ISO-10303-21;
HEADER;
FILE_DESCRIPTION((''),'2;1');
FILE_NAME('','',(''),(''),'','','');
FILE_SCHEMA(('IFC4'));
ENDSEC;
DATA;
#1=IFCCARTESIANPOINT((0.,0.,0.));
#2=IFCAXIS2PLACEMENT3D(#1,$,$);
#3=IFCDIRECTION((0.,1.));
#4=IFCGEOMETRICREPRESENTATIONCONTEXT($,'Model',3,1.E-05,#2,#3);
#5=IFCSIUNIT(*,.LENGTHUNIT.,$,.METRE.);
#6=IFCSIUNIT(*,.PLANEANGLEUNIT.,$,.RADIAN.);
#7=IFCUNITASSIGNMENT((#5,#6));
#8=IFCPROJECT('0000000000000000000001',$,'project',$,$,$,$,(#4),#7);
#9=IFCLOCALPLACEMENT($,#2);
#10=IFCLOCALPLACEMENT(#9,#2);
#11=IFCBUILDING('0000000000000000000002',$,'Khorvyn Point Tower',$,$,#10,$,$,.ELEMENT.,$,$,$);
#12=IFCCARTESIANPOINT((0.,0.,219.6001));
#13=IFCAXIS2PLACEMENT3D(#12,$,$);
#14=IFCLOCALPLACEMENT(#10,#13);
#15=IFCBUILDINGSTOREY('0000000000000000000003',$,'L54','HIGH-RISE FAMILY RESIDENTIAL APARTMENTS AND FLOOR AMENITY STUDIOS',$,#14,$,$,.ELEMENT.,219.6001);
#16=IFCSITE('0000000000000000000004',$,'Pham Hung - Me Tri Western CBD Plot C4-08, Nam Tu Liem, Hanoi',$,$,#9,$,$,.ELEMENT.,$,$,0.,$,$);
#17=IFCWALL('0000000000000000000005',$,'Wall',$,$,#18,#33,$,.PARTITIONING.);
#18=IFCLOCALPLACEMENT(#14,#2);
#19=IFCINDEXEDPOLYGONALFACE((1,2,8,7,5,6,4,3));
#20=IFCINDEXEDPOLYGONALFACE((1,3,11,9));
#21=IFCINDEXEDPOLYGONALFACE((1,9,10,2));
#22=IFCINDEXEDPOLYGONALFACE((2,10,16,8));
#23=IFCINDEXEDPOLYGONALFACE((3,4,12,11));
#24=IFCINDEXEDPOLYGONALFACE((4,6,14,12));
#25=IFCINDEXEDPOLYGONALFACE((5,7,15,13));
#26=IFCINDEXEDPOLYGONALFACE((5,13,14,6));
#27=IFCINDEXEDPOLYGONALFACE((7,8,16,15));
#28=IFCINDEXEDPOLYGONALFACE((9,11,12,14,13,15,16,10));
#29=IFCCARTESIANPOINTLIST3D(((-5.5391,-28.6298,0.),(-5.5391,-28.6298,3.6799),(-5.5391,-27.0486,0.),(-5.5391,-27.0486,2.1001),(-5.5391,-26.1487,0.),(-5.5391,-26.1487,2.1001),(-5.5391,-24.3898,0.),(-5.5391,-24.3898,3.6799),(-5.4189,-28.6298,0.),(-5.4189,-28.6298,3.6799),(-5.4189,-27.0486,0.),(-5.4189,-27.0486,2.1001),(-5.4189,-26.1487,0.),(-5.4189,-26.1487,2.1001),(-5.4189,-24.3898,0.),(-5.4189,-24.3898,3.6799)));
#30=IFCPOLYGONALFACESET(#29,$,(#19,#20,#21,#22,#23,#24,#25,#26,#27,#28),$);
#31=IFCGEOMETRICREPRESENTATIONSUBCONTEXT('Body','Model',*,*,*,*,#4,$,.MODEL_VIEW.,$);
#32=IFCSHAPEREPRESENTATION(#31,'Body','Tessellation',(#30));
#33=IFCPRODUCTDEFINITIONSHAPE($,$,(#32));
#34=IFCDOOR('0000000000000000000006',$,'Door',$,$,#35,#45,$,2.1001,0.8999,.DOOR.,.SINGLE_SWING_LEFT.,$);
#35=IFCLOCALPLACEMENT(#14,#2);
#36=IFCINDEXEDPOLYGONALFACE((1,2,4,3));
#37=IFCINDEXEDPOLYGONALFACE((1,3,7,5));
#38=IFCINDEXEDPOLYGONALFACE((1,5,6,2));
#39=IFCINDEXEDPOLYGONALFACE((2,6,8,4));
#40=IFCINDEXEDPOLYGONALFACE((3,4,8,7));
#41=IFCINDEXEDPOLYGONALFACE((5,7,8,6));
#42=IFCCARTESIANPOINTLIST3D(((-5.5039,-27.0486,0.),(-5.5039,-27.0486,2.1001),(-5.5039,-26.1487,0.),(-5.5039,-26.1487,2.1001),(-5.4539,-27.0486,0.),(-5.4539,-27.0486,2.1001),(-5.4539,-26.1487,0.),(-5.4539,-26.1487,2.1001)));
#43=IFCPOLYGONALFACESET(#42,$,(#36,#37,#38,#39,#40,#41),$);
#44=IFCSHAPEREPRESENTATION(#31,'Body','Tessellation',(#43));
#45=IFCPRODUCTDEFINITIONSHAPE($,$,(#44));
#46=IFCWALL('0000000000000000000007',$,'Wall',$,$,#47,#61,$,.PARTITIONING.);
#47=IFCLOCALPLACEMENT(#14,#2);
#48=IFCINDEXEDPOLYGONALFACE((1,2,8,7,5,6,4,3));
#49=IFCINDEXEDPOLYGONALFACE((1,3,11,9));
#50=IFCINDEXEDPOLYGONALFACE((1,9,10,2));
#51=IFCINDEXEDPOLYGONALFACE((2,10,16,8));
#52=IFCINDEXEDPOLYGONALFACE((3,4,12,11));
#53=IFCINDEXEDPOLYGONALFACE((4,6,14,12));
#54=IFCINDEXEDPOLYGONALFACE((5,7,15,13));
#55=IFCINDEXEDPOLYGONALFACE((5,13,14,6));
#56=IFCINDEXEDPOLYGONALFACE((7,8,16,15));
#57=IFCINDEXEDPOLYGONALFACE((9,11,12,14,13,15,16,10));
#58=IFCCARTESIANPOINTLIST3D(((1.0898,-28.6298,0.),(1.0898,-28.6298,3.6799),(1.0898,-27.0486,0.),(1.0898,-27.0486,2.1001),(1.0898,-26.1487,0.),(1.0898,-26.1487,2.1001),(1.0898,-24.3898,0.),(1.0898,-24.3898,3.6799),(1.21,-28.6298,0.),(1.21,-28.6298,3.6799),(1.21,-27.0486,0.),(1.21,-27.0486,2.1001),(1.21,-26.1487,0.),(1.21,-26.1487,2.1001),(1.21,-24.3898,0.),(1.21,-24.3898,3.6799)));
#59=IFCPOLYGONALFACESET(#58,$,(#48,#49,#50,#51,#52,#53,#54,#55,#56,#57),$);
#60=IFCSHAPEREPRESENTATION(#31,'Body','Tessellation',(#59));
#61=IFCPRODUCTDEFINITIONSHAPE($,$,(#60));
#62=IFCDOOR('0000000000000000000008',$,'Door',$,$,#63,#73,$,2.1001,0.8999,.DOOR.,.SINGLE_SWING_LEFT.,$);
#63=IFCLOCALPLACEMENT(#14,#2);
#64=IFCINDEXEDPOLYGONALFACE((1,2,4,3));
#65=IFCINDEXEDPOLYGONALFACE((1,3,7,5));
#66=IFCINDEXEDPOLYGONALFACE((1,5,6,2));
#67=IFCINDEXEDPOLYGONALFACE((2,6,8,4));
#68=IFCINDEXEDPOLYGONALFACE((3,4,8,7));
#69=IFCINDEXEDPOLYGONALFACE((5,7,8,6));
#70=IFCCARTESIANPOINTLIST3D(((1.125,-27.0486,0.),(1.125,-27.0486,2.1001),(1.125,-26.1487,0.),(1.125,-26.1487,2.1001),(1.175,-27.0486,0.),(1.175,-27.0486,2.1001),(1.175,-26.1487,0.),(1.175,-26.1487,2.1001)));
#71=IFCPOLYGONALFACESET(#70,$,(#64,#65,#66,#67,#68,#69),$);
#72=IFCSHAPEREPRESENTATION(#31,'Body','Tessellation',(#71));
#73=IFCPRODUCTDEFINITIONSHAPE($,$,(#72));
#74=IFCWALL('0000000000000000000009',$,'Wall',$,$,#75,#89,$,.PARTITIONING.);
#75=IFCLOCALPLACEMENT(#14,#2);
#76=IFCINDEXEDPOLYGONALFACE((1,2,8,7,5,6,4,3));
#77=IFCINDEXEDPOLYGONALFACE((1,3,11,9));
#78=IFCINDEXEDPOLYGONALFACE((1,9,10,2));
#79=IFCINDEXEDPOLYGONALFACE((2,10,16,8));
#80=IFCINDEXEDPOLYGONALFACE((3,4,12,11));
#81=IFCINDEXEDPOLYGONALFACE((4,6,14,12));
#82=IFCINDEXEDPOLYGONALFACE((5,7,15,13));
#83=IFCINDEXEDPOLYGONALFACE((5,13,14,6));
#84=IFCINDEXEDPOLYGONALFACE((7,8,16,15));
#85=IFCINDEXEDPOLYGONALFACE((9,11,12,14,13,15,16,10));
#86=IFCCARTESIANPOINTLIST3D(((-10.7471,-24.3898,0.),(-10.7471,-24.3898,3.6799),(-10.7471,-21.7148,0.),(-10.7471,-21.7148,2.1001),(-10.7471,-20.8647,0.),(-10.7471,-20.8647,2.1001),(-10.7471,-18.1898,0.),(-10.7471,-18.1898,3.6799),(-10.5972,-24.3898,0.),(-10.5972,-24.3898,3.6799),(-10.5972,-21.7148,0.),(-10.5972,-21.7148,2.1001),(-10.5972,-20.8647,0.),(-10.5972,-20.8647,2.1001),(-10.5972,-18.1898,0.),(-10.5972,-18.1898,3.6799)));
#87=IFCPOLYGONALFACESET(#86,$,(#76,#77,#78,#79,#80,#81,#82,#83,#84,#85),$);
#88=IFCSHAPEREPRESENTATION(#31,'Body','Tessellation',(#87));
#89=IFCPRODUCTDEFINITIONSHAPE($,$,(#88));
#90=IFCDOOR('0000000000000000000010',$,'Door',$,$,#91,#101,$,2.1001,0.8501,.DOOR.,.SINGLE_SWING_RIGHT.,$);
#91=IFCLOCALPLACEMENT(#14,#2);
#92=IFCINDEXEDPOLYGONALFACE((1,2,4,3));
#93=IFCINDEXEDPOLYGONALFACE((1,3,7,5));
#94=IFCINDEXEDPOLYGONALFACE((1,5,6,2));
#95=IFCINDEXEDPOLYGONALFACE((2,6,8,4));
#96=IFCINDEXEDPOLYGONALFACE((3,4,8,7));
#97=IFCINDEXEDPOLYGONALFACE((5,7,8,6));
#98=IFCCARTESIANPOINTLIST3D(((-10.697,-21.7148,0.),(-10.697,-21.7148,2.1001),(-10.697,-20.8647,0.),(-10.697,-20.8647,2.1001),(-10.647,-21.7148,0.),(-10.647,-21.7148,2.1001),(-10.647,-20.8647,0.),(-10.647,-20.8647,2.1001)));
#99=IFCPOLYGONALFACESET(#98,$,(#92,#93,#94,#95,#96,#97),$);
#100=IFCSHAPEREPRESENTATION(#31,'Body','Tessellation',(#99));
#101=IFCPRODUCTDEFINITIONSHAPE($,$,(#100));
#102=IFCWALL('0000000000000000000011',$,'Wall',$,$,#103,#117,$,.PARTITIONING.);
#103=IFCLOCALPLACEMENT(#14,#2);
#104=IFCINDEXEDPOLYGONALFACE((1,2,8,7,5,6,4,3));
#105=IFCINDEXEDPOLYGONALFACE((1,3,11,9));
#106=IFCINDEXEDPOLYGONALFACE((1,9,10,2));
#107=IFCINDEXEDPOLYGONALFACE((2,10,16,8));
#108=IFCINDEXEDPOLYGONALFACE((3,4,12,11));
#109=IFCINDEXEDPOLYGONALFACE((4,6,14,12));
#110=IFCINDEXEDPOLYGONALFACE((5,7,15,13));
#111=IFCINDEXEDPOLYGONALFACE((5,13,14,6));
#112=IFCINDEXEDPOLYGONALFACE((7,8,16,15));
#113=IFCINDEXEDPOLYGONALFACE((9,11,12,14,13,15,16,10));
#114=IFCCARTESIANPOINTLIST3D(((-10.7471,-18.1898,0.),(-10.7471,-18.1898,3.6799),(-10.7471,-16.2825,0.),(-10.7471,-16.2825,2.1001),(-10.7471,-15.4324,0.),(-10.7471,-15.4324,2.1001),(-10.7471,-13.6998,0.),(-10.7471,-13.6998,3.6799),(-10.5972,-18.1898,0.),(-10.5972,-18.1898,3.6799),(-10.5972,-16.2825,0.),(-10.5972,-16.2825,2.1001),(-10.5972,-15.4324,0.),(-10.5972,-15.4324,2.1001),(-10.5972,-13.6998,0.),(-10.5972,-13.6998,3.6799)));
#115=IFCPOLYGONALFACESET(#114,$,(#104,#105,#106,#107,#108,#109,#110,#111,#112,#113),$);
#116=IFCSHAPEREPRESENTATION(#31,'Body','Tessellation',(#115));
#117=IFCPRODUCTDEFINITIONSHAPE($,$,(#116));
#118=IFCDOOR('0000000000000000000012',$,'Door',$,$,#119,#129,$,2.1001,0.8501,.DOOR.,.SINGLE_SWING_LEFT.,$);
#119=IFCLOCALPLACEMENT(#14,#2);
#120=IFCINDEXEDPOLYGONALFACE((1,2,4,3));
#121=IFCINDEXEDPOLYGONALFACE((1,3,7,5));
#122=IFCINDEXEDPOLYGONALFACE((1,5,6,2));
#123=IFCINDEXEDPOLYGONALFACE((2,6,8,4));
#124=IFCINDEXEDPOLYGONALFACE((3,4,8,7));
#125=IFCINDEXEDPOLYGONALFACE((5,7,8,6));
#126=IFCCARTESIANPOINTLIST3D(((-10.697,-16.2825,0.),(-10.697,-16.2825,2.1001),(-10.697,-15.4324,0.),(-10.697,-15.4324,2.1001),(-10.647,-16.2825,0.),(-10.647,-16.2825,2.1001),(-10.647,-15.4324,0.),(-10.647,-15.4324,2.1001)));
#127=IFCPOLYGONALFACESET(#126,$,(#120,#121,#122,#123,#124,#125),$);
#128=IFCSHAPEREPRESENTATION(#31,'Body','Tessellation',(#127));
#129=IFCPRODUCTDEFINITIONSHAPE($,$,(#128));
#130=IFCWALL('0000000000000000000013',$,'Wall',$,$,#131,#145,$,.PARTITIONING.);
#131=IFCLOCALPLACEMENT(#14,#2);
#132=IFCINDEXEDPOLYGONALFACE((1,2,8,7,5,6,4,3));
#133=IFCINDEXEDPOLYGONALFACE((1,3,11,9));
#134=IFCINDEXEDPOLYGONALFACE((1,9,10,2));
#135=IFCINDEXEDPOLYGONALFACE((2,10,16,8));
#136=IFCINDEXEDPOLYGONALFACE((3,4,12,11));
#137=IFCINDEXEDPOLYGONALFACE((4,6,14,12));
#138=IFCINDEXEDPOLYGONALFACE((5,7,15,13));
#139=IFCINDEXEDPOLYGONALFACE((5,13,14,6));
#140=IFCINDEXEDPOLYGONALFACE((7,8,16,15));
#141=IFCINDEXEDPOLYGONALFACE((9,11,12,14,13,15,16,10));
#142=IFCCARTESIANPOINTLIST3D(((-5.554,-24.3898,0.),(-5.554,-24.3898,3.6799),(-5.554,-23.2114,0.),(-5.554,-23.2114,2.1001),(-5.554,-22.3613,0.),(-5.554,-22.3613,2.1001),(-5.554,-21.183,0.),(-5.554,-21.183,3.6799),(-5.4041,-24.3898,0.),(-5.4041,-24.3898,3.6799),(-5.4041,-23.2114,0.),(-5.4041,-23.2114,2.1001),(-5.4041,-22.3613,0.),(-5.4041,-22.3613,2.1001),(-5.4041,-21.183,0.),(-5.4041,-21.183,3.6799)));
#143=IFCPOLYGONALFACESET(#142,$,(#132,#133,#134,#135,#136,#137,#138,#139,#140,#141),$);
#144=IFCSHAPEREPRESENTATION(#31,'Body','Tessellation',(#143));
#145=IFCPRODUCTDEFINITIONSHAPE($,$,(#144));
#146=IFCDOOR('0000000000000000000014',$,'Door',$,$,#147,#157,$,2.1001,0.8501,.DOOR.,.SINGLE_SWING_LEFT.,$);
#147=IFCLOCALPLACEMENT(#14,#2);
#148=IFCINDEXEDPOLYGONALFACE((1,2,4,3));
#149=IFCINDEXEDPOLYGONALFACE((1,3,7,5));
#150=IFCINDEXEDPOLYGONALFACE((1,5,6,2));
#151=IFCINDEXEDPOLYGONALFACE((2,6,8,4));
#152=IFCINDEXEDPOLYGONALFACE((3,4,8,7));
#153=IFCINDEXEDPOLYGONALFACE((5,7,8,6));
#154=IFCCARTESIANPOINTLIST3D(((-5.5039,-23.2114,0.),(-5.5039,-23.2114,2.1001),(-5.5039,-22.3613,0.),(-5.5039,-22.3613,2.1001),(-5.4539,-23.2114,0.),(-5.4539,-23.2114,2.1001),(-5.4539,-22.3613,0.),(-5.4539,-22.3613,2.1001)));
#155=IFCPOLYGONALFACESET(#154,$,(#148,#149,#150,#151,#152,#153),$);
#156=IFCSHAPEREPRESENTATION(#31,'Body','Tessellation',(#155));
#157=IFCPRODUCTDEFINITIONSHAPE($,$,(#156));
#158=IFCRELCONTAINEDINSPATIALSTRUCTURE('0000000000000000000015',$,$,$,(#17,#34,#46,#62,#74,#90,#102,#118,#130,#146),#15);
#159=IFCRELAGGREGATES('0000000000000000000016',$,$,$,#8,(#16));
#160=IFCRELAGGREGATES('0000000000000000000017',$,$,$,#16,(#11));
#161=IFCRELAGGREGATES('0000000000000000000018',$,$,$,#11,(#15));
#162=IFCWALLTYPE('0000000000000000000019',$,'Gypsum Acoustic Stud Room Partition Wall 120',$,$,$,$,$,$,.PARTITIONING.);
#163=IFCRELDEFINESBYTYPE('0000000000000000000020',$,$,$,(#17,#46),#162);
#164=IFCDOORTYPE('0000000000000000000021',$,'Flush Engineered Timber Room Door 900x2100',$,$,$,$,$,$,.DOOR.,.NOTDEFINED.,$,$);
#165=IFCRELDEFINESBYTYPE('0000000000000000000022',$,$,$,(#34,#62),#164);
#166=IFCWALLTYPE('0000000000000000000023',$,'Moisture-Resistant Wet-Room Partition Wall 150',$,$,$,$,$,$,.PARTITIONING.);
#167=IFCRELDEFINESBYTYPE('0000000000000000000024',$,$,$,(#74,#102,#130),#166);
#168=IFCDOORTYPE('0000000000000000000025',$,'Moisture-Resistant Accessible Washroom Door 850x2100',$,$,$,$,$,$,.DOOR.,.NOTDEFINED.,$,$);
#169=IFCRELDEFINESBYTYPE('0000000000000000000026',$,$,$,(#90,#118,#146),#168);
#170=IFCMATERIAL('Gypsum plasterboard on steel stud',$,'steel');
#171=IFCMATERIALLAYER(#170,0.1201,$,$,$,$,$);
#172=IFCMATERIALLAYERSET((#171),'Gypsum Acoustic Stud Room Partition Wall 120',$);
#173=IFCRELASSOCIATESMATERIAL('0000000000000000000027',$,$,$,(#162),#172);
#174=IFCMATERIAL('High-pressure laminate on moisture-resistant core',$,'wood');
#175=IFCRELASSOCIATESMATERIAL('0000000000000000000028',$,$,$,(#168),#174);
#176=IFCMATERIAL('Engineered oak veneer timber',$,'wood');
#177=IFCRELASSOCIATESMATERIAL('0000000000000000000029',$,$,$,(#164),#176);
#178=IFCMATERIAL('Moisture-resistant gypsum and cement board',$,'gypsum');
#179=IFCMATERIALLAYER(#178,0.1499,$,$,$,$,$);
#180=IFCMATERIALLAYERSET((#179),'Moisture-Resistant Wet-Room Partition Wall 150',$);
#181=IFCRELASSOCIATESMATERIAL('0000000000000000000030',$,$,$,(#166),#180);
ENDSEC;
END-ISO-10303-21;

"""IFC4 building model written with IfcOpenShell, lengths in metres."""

from ifc_helpers import new_model, si_unit, direction, frame, frame_2d, origin, place, context, subcontext, project, spatial, rectangle, extrude, material, layer, layer_set, type_object, element, fill, save


model = new_model("IFC4")

# Units and contexts
model_context = context("Model", 3, precision=1e-05, world=origin(), true_north=direction((0.0, 1.0)))
body_context = subcontext(model_context, "Body", "Model", "MODEL_VIEW")
ifc_project = project(units=[si_unit("LENGTHUNIT", "METRE"), si_unit("PLANEANGLEUNIT", "RADIAN")], contexts=[model_context])

# Site, building, storey
site_placement = place(None, origin())
site = spatial("IfcSite", under=ifc_project, at=site_placement, Name="Pham Hung - Me Tri Western CBD Plot C4-08, Nam Tu Liem, Hanoi", CompositionType="ELEMENT", RefElevation=0.0)
building_placement = place(site_placement, origin())
building = spatial("IfcBuilding", under=site, at=building_placement, Name="Khorvyn Point Tower", CompositionType="ELEMENT")
storey_placement = place(building_placement, frame((0.0, 0.0, 219.6001)))
storey = spatial("IfcBuildingStorey", under=building, at=storey_placement, Name="L54", Description="HIGH-RISE FAMILY RESIDENTIAL APARTMENTS AND FLOOR AMENITY STUDIOS", CompositionType="ELEMENT", Elevation=219.6001)

# Walls, openings, doors
ifc_material_1 = material(Name="Gypsum plasterboard on steel stud", Category="steel")
ifc_layer_1 = layer(ifc_material_1, 0.1201)
ifc_layer_set_1 = layer_set([ifc_layer_1], Name="Gypsum Acoustic Stud Room Partition Wall 120")
wall_type_1 = type_object("IfcWallType", Name="Gypsum Acoustic Stud Room Partition Wall 120", PredefinedType="PARTITIONING", material=ifc_layer_set_1)
ifc_material_2 = material(Name="High-pressure laminate on moisture-resistant core", Category="wood")
door_type_1 = type_object("IfcDoorType", Name="Moisture-Resistant Accessible Washroom Door 850x2100", OperationType="NOTDEFINED", PredefinedType="DOOR", material=ifc_material_2)
wall_1_placement = place(storey_placement, frame((-5.479, -28.6299, 0.0), z_axis=(0.0, 0.0, 1.0), x_axis=(0.0, 1.0, 0.0)))
wall_1 = element("IfcWall", 1, at=wall_1_placement, inside=storey, type_object=wall_type_1, Name="Wall", PredefinedType="PARTITIONING", context=body_context, shape_type="SweptSolid", body=[
    extrude(rectangle(XDim=4.24, YDim=0.1201, at=frame_2d((2.1201, 0.0))), origin(), (0.0, 0.0, 1.0), 3.6799),
])
opening_1_placement = place(wall_1_placement, frame((1.5813, 0.0, 0.0)))
opening_1 = element("IfcOpeningElement", 2, at=opening_1_placement, cuts=wall_1, PredefinedType="OPENING", context=body_context, shape_type="SweptSolid", body=[
    extrude(rectangle(XDim=0.8999, YDim=2.1001, at=frame_2d((0.45, 1.05))), frame((0.0, 0.0701, 0.0), z_axis=(0.0, -1.0, 0.0), x_axis=(1.0, 0.0, 0.0)), (0.0, 0.0, 1.0), 0.1401),
])
ifc_material_3 = material(Name="Engineered oak veneer timber", Category="wood")
door_type_2 = type_object("IfcDoorType", Name="Flush Engineered Timber Room Door 900x2100", OperationType="NOTDEFINED", PredefinedType="DOOR", material=ifc_material_3)
door_1_placement = place(opening_1_placement, origin())
door_1 = element("IfcDoor", 3, at=door_1_placement, inside=storey, type_object=door_type_2, Name="Door", OperationType="SINGLE_SWING_LEFT", OverallHeight=2.1001, OverallWidth=0.8999, PredefinedType="DOOR", context=body_context, shape_type="SweptSolid", body=[
    extrude(rectangle(XDim=0.8999, YDim=2.1001, at=frame_2d((0.45, 1.05))), frame((0.0, 0.0249, 0.0), z_axis=(0.0, -1.0, 0.0), x_axis=(1.0, 0.0, 0.0)), (0.0, 0.0, 1.0), 0.05),
])
fill(opening_1, door_1)
wall_2_placement = place(storey_placement, frame((1.1499, -28.6299, 0.0), z_axis=(0.0, 0.0, 1.0), x_axis=(0.0, 1.0, 0.0)))
wall_2 = element("IfcWall", 4, at=wall_2_placement, inside=storey, type_object=wall_type_1, Name="Wall", PredefinedType="PARTITIONING", context=body_context, shape_type="SweptSolid", body=[
    extrude(rectangle(XDim=4.24, YDim=0.1201, at=frame_2d((2.1201, 0.0))), origin(), (0.0, 0.0, 1.0), 3.6799),
])
opening_2_placement = place(wall_2_placement, frame((1.5813, 0.0, 0.0)))
opening_2 = element("IfcOpeningElement", 5, at=opening_2_placement, cuts=wall_2, PredefinedType="OPENING", context=body_context, shape_type="SweptSolid", body=[
    extrude(rectangle(XDim=0.8999, YDim=2.1001, at=frame_2d((0.45, 1.05))), frame((0.0, 0.0701, 0.0), z_axis=(0.0, -1.0, 0.0), x_axis=(1.0, 0.0, 0.0)), (0.0, 0.0, 1.0), 0.1401),
])
door_2_placement = place(opening_2_placement, origin())
door_2 = element("IfcDoor", 6, at=door_2_placement, inside=storey, type_object=door_type_2, Name="Door", OperationType="SINGLE_SWING_LEFT", OverallHeight=2.1001, OverallWidth=0.8999, PredefinedType="DOOR", context=body_context, shape_type="SweptSolid", body=[
    extrude(rectangle(XDim=0.8999, YDim=2.1001, at=frame_2d((0.45, 1.05))), frame((0.0, 0.0249, 0.0), z_axis=(0.0, -1.0, 0.0), x_axis=(1.0, 0.0, 0.0)), (0.0, 0.0, 1.0), 0.05),
])
fill(opening_2, door_2)
ifc_material_4 = material(Name="Moisture-resistant gypsum and cement board", Category="gypsum")
ifc_layer_2 = layer(ifc_material_4, 0.1499)
ifc_layer_set_2 = layer_set([ifc_layer_2], Name="Moisture-Resistant Wet-Room Partition Wall 150")
wall_type_2 = type_object("IfcWallType", Name="Moisture-Resistant Wet-Room Partition Wall 150", PredefinedType="PARTITIONING", material=ifc_layer_set_2)
wall_3_placement = place(storey_placement, frame((-10.6721, -24.3899, 0.0), z_axis=(0.0, 0.0, 1.0), x_axis=(0.0, 1.0, 0.0)))
wall_3 = element("IfcWall", 7, at=wall_3_placement, inside=storey, type_object=wall_type_2, Name="Wall", PredefinedType="PARTITIONING", context=body_context, shape_type="SweptSolid", body=[
    extrude(rectangle(XDim=6.2, YDim=0.1499, at=frame_2d((3.1001, 0.0))), origin(), (0.0, 0.0, 1.0), 3.6799),
])
opening_3_placement = place(wall_3_placement, frame((2.675, 0.0, 0.0)))
opening_3 = element("IfcOpeningElement", 8, at=opening_3_placement, cuts=wall_3, PredefinedType="OPENING", context=body_context, shape_type="SweptSolid", body=[
    extrude(rectangle(XDim=0.8501, YDim=2.1001, at=frame_2d((0.425, 1.05))), frame((0.0, 0.085, 0.0), z_axis=(0.0, -1.0, 0.0), x_axis=(1.0, 0.0, 0.0)), (0.0, 0.0, 1.0), 0.1699),
])
door_3_placement = place(opening_3_placement, origin())
door_3 = element("IfcDoor", 9, at=door_3_placement, inside=storey, type_object=door_type_1, Name="Door", OperationType="SINGLE_SWING_RIGHT", OverallHeight=2.1001, OverallWidth=0.8501, PredefinedType="DOOR", context=body_context, shape_type="SweptSolid", body=[
    extrude(rectangle(XDim=0.8501, YDim=2.1001, at=frame_2d((0.425, 1.05))), frame((0.0, 0.0249, 0.0), z_axis=(0.0, -1.0, 0.0), x_axis=(1.0, 0.0, 0.0)), (0.0, 0.0, 1.0), 0.05),
])
fill(opening_3, door_3)
wall_4_placement = place(storey_placement, frame((-10.6721, -18.1899, 0.0), z_axis=(0.0, 0.0, 1.0), x_axis=(0.0, 1.0, 0.0)))
wall_4 = element("IfcWall", 10, at=wall_4_placement, inside=storey, type_object=wall_type_2, Name="Wall", PredefinedType="PARTITIONING", context=body_context, shape_type="SweptSolid", body=[
    extrude(rectangle(XDim=4.49, YDim=0.1499, at=frame_2d((2.2451, 0.0))), origin(), (0.0, 0.0, 1.0), 3.6799),
])
opening_4_placement = place(wall_4_placement, frame((1.9075, 0.0, 0.0)))
opening_4 = element("IfcOpeningElement", 11, at=opening_4_placement, cuts=wall_4, PredefinedType="OPENING", context=body_context, shape_type="SweptSolid", body=[
    extrude(rectangle(XDim=0.8501, YDim=2.1001, at=frame_2d((0.425, 1.05))), frame((0.0, 0.085, 0.0), z_axis=(0.0, -1.0, 0.0), x_axis=(1.0, 0.0, 0.0)), (0.0, 0.0, 1.0), 0.1699),
])
door_4_placement = place(opening_4_placement, origin())
door_4 = element("IfcDoor", 12, at=door_4_placement, inside=storey, type_object=door_type_1, Name="Door", OperationType="SINGLE_SWING_LEFT", OverallHeight=2.1001, OverallWidth=0.8501, PredefinedType="DOOR", context=body_context, shape_type="SweptSolid", body=[
    extrude(rectangle(XDim=0.8501, YDim=2.1001, at=frame_2d((0.425, 1.05))), frame((0.0, 0.0249, 0.0), z_axis=(0.0, -1.0, 0.0), x_axis=(1.0, 0.0, 0.0)), (0.0, 0.0, 1.0), 0.05),
])
fill(opening_4, door_4)
wall_5_placement = place(storey_placement, frame((-5.479, -24.3899, 0.0), z_axis=(0.0, 0.0, 1.0), x_axis=(0.0, 1.0, 0.0)))
wall_5 = element("IfcWall", 13, at=wall_5_placement, inside=storey, type_object=wall_type_2, Name="Wall", PredefinedType="PARTITIONING", context=body_context, shape_type="SweptSolid", body=[
    extrude(rectangle(XDim=3.2068, YDim=0.1499, at=frame_2d((1.6035, 0.0))), origin(), (0.0, 0.0, 1.0), 3.6799),
])
opening_5_placement = place(wall_5_placement, frame((1.1785, 0.0, 0.0)))
opening_5 = element("IfcOpeningElement", 14, at=opening_5_placement, cuts=wall_5, PredefinedType="OPENING", context=body_context, shape_type="SweptSolid", body=[
    extrude(rectangle(XDim=0.8501, YDim=2.1001, at=frame_2d((0.425, 1.05))), frame((0.0, 0.085, 0.0), z_axis=(0.0, -1.0, 0.0), x_axis=(1.0, 0.0, 0.0)), (0.0, 0.0, 1.0), 0.1699),
])
door_5_placement = place(opening_5_placement, origin())
door_5 = element("IfcDoor", 15, at=door_5_placement, inside=storey, type_object=door_type_1, Name="Door", OperationType="SINGLE_SWING_LEFT", OverallHeight=2.1001, OverallWidth=0.8501, PredefinedType="DOOR", context=body_context, shape_type="SweptSolid", body=[
    extrude(rectangle(XDim=0.8501, YDim=2.1001, at=frame_2d((0.425, 1.05))), frame((0.0, 0.0249, 0.0), z_axis=(0.0, -1.0, 0.0), x_axis=(1.0, 0.0, 0.0)), (0.0, 0.0, 1.0), 0.05),
])
fill(opening_5, door_5)

save(model, "model.ifc")
